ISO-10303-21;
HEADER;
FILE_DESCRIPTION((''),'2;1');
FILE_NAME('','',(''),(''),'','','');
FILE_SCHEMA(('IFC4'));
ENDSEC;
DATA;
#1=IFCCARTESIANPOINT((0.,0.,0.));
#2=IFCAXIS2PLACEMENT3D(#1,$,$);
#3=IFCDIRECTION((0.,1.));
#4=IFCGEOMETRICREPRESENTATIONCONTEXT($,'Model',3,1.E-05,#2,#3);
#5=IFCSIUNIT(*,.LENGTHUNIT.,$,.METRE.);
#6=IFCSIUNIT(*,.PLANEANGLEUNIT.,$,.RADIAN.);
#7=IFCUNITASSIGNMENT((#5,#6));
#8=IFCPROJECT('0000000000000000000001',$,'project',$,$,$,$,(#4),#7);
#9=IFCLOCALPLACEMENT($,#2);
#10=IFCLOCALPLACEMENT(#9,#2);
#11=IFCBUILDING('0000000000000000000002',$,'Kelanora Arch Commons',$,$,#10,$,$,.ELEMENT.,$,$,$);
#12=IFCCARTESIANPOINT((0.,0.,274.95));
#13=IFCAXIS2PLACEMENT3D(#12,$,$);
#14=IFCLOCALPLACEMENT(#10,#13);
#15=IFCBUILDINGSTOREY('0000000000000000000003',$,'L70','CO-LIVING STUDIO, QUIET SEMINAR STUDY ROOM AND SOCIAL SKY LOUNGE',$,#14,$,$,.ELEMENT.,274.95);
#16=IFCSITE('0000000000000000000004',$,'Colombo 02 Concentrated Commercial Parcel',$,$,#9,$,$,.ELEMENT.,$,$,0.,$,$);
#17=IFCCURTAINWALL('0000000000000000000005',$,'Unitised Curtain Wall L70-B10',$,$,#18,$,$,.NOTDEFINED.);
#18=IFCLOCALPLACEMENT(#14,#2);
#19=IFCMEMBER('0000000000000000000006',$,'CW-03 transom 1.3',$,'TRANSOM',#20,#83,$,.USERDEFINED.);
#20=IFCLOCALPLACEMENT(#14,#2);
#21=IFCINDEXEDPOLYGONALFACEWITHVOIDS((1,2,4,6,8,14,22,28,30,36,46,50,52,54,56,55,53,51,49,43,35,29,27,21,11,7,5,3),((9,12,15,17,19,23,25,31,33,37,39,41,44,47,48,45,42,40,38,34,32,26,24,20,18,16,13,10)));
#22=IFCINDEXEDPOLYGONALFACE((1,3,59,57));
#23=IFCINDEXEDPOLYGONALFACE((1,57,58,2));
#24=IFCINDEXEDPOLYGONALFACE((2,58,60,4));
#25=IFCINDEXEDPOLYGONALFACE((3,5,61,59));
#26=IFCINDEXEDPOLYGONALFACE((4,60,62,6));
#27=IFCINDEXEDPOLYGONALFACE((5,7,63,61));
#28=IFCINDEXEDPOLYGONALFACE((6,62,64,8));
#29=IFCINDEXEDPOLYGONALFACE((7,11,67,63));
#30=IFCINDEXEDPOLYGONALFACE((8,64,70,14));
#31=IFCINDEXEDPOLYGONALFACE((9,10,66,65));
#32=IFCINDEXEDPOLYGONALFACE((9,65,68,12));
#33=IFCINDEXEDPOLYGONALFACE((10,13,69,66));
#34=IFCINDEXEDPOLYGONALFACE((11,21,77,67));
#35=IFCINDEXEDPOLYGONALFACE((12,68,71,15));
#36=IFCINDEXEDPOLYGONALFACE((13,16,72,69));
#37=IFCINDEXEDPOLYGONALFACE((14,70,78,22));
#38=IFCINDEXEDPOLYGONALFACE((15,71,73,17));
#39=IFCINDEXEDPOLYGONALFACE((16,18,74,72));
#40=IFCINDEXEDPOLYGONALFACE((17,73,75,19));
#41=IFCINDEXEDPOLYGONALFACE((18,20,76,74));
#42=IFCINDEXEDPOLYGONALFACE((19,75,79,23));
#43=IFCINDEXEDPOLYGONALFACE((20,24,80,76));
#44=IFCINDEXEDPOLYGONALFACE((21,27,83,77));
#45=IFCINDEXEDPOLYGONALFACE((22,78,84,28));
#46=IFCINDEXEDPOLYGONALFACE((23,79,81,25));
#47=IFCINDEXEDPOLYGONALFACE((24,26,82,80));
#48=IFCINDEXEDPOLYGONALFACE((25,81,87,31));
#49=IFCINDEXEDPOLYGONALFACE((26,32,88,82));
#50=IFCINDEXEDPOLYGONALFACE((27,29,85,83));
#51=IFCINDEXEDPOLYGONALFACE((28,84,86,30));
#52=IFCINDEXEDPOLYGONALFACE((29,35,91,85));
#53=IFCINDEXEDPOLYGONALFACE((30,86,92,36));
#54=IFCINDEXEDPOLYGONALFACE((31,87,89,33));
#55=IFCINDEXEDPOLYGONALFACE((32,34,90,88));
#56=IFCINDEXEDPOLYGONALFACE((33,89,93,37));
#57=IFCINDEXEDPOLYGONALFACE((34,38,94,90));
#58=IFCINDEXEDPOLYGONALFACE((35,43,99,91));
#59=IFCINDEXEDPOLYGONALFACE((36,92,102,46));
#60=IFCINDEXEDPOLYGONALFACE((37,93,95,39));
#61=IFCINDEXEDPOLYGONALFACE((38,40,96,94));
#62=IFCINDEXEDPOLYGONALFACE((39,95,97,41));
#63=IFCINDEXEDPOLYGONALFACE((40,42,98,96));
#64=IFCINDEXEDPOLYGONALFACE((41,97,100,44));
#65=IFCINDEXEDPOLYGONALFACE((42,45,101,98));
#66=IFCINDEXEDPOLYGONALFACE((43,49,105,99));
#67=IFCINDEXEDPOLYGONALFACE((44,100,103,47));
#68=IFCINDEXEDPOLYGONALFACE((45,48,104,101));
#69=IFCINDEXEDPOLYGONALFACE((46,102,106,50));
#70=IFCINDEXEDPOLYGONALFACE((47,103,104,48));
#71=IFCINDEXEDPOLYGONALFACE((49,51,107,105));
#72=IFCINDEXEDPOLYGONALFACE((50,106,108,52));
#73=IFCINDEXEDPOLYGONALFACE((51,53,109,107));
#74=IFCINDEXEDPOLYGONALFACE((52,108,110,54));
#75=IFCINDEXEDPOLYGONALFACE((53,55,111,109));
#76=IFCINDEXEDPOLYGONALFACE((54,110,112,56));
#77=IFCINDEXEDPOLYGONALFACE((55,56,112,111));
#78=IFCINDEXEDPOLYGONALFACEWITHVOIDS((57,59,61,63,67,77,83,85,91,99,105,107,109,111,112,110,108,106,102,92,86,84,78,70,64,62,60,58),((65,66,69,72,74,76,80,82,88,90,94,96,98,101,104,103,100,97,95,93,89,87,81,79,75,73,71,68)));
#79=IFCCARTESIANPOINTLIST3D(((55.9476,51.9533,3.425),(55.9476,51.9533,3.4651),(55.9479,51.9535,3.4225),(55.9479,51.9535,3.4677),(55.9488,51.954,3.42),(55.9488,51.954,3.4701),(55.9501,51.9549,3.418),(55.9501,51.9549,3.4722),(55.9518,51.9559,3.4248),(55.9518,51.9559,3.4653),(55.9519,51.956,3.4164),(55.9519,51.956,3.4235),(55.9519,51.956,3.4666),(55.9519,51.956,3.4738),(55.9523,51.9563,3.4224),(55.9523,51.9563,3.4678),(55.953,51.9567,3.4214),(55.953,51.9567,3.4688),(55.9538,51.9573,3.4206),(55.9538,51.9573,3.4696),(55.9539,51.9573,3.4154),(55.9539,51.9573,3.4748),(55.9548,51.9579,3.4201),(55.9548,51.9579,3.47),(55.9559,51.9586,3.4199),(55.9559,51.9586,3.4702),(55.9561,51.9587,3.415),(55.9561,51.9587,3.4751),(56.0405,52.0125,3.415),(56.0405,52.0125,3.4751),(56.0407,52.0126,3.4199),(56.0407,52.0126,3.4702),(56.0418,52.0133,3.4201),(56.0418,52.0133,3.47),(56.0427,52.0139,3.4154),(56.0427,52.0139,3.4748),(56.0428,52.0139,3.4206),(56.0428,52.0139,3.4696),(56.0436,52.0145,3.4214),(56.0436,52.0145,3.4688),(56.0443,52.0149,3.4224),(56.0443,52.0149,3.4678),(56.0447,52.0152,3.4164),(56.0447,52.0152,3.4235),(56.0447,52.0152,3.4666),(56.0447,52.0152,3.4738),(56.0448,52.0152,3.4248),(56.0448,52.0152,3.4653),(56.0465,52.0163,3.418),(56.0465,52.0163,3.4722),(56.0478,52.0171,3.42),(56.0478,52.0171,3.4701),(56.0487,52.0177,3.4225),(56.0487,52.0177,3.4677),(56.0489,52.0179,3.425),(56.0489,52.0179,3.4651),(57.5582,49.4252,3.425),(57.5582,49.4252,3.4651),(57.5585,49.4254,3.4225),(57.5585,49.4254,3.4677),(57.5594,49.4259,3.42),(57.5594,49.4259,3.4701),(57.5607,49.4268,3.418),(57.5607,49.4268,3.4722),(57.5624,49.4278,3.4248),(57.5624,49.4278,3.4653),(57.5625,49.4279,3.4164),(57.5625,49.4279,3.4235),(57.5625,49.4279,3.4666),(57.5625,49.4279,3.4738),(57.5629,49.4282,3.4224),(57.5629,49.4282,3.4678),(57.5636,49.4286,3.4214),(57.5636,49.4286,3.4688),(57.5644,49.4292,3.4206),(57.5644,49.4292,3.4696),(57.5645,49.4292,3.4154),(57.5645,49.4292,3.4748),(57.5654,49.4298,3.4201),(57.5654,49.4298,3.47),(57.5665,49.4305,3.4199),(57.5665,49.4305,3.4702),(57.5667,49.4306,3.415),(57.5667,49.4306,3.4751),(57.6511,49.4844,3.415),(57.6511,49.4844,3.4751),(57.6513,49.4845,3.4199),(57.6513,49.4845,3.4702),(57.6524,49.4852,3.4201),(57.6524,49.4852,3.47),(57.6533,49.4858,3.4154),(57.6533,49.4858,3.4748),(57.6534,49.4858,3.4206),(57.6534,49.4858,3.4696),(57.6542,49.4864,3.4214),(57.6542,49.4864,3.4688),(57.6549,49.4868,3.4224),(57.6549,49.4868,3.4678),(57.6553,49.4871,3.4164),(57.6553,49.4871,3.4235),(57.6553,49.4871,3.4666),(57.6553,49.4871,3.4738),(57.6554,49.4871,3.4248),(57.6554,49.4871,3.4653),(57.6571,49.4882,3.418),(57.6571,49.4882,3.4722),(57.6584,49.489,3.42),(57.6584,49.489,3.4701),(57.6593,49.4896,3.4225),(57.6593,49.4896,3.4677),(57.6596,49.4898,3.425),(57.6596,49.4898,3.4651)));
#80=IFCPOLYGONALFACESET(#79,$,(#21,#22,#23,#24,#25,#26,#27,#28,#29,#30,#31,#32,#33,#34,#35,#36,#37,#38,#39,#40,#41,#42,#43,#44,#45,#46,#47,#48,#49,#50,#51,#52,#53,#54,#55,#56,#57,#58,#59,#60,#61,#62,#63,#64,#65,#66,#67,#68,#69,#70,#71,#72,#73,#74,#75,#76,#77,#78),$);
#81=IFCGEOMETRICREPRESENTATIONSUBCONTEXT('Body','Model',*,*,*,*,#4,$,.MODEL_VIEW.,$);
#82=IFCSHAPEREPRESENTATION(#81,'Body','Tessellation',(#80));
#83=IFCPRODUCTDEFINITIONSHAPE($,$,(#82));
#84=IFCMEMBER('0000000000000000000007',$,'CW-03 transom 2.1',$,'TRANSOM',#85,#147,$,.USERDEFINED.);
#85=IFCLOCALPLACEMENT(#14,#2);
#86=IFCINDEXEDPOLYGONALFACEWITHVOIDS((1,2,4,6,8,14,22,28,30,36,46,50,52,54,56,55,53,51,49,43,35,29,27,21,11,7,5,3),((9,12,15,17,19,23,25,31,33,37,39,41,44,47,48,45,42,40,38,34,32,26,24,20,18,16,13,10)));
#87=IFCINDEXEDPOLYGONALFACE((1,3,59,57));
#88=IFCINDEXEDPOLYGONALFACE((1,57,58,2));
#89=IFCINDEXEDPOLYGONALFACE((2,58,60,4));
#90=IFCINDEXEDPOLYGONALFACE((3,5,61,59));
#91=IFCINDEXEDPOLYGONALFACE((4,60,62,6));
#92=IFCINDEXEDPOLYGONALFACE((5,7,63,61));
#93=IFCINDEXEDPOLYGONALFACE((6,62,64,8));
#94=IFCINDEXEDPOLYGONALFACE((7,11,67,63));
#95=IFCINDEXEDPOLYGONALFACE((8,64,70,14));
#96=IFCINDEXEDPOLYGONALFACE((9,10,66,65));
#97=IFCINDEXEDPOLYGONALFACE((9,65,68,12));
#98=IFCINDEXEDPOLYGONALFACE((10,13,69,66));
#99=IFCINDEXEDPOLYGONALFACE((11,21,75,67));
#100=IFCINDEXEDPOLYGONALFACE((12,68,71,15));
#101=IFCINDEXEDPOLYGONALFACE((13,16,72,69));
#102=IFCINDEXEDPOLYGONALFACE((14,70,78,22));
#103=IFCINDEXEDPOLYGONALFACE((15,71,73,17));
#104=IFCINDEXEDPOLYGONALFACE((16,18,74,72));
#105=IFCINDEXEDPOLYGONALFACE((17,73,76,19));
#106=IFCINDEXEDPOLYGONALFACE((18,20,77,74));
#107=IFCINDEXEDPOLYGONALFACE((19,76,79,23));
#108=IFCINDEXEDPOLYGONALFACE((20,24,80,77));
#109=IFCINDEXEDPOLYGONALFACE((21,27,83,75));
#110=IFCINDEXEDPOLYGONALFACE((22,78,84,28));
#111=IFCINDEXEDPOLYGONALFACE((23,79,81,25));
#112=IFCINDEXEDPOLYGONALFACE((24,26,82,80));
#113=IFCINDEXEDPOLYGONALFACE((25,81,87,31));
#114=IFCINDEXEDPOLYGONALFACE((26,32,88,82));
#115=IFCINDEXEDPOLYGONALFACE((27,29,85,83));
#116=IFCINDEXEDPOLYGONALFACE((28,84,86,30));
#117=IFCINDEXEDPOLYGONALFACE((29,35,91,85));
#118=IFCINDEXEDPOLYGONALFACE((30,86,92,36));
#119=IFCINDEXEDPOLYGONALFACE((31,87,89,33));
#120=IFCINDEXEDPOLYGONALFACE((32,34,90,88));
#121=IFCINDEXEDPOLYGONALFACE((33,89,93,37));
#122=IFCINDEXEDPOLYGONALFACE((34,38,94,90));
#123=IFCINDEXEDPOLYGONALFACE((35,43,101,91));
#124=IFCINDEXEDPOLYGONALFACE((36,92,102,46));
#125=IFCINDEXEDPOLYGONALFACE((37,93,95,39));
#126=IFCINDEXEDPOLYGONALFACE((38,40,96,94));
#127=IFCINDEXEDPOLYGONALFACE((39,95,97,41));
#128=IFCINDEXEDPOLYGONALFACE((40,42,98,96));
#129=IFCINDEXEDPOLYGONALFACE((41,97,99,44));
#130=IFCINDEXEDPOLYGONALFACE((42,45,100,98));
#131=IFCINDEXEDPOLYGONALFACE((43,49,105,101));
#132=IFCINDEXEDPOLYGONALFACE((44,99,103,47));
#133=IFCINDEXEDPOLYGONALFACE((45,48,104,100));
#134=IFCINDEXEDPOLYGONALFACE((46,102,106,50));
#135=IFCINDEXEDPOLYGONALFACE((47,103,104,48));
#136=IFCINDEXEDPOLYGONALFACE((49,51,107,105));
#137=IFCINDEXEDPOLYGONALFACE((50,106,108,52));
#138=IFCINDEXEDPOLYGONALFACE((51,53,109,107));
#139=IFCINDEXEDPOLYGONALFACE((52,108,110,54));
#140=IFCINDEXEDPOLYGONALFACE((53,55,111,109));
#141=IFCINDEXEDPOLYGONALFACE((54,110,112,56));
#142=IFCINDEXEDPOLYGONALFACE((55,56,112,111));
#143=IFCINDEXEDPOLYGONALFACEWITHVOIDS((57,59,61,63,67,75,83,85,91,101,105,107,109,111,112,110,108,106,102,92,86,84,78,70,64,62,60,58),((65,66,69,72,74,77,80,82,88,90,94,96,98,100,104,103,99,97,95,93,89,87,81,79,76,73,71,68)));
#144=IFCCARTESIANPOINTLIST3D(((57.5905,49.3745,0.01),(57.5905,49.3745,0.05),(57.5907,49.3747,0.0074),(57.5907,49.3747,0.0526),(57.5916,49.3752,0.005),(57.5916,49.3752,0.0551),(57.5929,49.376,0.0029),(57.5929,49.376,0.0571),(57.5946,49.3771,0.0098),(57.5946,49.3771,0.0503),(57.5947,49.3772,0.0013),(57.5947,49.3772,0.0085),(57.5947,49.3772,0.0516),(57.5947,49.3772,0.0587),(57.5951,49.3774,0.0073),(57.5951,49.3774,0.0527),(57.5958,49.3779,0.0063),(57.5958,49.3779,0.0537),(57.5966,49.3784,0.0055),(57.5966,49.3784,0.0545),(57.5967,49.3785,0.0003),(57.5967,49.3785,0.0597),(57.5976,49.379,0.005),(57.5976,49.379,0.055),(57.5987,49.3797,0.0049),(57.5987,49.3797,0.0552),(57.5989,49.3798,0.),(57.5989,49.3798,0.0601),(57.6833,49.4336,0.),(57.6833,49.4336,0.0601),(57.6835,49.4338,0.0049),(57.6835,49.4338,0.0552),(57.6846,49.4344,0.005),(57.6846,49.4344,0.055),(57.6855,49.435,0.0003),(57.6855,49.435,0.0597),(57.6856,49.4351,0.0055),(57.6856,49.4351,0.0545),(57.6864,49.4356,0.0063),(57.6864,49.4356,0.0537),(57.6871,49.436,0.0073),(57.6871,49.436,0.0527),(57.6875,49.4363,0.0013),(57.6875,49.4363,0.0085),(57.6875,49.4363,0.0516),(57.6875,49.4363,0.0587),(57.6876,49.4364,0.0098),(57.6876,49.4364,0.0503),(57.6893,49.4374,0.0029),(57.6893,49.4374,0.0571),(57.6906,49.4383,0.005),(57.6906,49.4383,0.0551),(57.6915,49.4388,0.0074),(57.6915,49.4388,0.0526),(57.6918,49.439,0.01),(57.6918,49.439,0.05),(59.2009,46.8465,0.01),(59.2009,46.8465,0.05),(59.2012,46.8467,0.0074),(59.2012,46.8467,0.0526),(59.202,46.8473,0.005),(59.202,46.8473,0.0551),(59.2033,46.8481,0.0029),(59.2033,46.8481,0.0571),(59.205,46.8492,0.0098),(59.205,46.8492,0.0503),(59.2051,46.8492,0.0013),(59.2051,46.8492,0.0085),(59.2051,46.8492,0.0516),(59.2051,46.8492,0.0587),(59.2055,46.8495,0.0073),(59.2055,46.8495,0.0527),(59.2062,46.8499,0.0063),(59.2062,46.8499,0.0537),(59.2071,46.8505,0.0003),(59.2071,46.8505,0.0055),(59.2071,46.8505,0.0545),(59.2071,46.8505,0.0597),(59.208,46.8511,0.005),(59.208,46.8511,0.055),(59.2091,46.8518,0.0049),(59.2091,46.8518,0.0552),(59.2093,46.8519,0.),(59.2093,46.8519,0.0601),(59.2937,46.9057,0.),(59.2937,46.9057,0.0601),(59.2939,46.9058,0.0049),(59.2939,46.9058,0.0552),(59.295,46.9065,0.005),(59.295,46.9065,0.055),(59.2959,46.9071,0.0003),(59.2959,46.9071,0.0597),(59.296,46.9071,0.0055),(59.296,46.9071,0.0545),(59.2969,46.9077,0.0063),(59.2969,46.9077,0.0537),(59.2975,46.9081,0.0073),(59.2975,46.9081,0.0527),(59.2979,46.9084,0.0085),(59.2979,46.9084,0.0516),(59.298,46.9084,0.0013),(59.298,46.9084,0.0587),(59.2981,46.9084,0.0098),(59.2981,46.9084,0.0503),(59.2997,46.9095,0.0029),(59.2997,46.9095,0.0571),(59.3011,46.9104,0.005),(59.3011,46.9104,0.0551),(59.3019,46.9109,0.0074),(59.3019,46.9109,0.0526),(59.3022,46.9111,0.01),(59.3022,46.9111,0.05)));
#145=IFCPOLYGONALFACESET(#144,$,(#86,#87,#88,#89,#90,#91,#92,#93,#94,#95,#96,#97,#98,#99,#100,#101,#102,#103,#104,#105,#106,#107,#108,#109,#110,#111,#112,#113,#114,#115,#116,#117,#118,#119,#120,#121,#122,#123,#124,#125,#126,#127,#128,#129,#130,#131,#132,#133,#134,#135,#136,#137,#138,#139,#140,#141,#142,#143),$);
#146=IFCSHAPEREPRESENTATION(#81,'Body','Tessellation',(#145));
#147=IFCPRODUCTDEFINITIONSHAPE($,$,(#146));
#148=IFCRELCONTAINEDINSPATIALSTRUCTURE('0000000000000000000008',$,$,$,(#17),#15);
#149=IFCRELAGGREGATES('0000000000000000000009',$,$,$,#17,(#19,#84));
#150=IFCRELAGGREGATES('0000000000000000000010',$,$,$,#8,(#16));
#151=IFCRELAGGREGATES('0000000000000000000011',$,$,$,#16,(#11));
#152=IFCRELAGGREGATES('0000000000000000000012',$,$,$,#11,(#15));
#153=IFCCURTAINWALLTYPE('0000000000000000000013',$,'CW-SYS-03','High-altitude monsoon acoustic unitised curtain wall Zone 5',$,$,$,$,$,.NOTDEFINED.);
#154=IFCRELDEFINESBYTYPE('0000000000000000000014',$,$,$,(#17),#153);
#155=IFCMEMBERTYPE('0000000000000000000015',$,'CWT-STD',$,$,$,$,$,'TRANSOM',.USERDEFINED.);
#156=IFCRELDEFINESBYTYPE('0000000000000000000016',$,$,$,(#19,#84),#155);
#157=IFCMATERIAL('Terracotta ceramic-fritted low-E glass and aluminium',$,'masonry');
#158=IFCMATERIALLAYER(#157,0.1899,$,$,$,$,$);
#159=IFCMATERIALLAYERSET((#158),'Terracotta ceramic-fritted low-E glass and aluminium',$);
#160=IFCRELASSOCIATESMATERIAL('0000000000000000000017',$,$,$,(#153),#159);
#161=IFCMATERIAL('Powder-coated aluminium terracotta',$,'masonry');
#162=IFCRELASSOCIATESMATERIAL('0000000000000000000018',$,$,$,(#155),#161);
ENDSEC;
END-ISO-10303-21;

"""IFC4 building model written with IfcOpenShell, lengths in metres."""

from ifc_helpers import new_model, si_unit, direction, frame, origin, origin_2d, place, context, subcontext, project, spatial, hollow_rectangle, extrude, material, layer, layer_set, material_profile, profile_set, type_object, element, aggregate, save


model = new_model("IFC4")

# Units and contexts
model_context = context("Model", 3, precision=1e-05, world=origin(), true_north=direction((0.0, 1.0)))
body_context = subcontext(model_context, "Body", "Model", "MODEL_VIEW")
ifc_project = project(units=[si_unit("LENGTHUNIT", "METRE"), si_unit("PLANEANGLEUNIT", "RADIAN")], contexts=[model_context])

# Site, building, storey
site_placement = place(None, origin())
site = spatial("IfcSite", under=ifc_project, at=site_placement, Name="Colombo 02 Concentrated Commercial Parcel", CompositionType="ELEMENT", RefElevation=0.0)
building_placement = place(site_placement, origin())
building = spatial("IfcBuilding", under=site, at=building_placement, Name="Kelanora Arch Commons", CompositionType="ELEMENT")
storey_placement = place(building_placement, frame((0.0, 0.0, 274.95)))
storey = spatial("IfcBuildingStorey", under=building, at=storey_placement, Name="L70", Description="CO-LIVING STUDIO, QUIET SEMINAR STUDY ROOM AND SOCIAL SKY LOUNGE", CompositionType="ELEMENT", Elevation=274.95)

# Curtain wall, members
ifc_material_1 = material(Name="Terracotta ceramic-fritted low-E glass and aluminium", Category="masonry")
ifc_layer_1 = layer(ifc_material_1, 0.1899)
ifc_layer_set_1 = layer_set([ifc_layer_1], Name="Terracotta ceramic-fritted low-E glass and aluminium")
curtain_wall_type = type_object("IfcCurtainWallType", Name="CW-SYS-03", Description="High-altitude monsoon acoustic unitised curtain wall Zone 5", PredefinedType="NOTDEFINED", material=ifc_layer_set_1)
curtain_wall_placement = place(storey_placement, origin())
curtain_wall = element("IfcCurtainWall", 1, at=curtain_wall_placement, inside=storey, type_object=curtain_wall_type, Name="Unitised Curtain Wall L70-B10", PredefinedType="NOTDEFINED")
ifc_material_2 = material(Name="Powder-coated aluminium terracotta", Category="masonry")
ifc_material_profile_1 = material_profile(ifc_material_2, hollow_rectangle(XDim=0.1201, YDim=0.0601, WallThickness=0.0049, InnerFilletRadius=0.0049, OuterFilletRadius=0.01, at=origin_2d()), Name="CWT120x60")
ifc_profile_set_1 = profile_set([ifc_material_profile_1], Name="Powder-coated aluminium terracotta")
member_type_1 = type_object("IfcMemberType", Name="CWT-STD", ElementType="TRANSOM", PredefinedType="USERDEFINED", material=ifc_profile_set_1)
member_1_placement = place(storey_placement, frame((55.9983, 51.9856, 3.4451), z_axis=(0.537308, -0.843386, 0.0), x_axis=(0.843386, 0.537308, 0.0)))
member_1 = element("IfcMember", 2, at=member_1_placement, type_object=member_type_1, Name="CW-03 transom 1.3", ObjectType="TRANSOM", PredefinedType="USERDEFINED", context=body_context, shape_type="SweptSolid", body=[
    extrude(hollow_rectangle(XDim=0.1201, YDim=0.0601, WallThickness=0.0049, InnerFilletRadius=0.0049, OuterFilletRadius=0.01, at=origin_2d()), origin(), (0.0, 0.0, 1.0), 2.9976),
])
member_2_placement = place(storey_placement, frame((57.6411, 49.4067, 0.03), z_axis=(0.537287, -0.8434, 0.0), x_axis=(0.8434, 0.537287, 0.0)))
member_2 = element("IfcMember", 3, at=member_2_placement, type_object=member_type_1, Name="CW-03 transom 2.1", ObjectType="TRANSOM", PredefinedType="USERDEFINED", context=body_context, shape_type="SweptSolid", body=[
    extrude(hollow_rectangle(XDim=0.1201, YDim=0.0601, WallThickness=0.0049, InnerFilletRadius=0.0049, OuterFilletRadius=0.01, at=origin_2d()), origin(), (0.0, 0.0, 1.0), 2.9973),
])

aggregate(curtain_wall, [member_1, member_2])

save(model, "model.ifc")
